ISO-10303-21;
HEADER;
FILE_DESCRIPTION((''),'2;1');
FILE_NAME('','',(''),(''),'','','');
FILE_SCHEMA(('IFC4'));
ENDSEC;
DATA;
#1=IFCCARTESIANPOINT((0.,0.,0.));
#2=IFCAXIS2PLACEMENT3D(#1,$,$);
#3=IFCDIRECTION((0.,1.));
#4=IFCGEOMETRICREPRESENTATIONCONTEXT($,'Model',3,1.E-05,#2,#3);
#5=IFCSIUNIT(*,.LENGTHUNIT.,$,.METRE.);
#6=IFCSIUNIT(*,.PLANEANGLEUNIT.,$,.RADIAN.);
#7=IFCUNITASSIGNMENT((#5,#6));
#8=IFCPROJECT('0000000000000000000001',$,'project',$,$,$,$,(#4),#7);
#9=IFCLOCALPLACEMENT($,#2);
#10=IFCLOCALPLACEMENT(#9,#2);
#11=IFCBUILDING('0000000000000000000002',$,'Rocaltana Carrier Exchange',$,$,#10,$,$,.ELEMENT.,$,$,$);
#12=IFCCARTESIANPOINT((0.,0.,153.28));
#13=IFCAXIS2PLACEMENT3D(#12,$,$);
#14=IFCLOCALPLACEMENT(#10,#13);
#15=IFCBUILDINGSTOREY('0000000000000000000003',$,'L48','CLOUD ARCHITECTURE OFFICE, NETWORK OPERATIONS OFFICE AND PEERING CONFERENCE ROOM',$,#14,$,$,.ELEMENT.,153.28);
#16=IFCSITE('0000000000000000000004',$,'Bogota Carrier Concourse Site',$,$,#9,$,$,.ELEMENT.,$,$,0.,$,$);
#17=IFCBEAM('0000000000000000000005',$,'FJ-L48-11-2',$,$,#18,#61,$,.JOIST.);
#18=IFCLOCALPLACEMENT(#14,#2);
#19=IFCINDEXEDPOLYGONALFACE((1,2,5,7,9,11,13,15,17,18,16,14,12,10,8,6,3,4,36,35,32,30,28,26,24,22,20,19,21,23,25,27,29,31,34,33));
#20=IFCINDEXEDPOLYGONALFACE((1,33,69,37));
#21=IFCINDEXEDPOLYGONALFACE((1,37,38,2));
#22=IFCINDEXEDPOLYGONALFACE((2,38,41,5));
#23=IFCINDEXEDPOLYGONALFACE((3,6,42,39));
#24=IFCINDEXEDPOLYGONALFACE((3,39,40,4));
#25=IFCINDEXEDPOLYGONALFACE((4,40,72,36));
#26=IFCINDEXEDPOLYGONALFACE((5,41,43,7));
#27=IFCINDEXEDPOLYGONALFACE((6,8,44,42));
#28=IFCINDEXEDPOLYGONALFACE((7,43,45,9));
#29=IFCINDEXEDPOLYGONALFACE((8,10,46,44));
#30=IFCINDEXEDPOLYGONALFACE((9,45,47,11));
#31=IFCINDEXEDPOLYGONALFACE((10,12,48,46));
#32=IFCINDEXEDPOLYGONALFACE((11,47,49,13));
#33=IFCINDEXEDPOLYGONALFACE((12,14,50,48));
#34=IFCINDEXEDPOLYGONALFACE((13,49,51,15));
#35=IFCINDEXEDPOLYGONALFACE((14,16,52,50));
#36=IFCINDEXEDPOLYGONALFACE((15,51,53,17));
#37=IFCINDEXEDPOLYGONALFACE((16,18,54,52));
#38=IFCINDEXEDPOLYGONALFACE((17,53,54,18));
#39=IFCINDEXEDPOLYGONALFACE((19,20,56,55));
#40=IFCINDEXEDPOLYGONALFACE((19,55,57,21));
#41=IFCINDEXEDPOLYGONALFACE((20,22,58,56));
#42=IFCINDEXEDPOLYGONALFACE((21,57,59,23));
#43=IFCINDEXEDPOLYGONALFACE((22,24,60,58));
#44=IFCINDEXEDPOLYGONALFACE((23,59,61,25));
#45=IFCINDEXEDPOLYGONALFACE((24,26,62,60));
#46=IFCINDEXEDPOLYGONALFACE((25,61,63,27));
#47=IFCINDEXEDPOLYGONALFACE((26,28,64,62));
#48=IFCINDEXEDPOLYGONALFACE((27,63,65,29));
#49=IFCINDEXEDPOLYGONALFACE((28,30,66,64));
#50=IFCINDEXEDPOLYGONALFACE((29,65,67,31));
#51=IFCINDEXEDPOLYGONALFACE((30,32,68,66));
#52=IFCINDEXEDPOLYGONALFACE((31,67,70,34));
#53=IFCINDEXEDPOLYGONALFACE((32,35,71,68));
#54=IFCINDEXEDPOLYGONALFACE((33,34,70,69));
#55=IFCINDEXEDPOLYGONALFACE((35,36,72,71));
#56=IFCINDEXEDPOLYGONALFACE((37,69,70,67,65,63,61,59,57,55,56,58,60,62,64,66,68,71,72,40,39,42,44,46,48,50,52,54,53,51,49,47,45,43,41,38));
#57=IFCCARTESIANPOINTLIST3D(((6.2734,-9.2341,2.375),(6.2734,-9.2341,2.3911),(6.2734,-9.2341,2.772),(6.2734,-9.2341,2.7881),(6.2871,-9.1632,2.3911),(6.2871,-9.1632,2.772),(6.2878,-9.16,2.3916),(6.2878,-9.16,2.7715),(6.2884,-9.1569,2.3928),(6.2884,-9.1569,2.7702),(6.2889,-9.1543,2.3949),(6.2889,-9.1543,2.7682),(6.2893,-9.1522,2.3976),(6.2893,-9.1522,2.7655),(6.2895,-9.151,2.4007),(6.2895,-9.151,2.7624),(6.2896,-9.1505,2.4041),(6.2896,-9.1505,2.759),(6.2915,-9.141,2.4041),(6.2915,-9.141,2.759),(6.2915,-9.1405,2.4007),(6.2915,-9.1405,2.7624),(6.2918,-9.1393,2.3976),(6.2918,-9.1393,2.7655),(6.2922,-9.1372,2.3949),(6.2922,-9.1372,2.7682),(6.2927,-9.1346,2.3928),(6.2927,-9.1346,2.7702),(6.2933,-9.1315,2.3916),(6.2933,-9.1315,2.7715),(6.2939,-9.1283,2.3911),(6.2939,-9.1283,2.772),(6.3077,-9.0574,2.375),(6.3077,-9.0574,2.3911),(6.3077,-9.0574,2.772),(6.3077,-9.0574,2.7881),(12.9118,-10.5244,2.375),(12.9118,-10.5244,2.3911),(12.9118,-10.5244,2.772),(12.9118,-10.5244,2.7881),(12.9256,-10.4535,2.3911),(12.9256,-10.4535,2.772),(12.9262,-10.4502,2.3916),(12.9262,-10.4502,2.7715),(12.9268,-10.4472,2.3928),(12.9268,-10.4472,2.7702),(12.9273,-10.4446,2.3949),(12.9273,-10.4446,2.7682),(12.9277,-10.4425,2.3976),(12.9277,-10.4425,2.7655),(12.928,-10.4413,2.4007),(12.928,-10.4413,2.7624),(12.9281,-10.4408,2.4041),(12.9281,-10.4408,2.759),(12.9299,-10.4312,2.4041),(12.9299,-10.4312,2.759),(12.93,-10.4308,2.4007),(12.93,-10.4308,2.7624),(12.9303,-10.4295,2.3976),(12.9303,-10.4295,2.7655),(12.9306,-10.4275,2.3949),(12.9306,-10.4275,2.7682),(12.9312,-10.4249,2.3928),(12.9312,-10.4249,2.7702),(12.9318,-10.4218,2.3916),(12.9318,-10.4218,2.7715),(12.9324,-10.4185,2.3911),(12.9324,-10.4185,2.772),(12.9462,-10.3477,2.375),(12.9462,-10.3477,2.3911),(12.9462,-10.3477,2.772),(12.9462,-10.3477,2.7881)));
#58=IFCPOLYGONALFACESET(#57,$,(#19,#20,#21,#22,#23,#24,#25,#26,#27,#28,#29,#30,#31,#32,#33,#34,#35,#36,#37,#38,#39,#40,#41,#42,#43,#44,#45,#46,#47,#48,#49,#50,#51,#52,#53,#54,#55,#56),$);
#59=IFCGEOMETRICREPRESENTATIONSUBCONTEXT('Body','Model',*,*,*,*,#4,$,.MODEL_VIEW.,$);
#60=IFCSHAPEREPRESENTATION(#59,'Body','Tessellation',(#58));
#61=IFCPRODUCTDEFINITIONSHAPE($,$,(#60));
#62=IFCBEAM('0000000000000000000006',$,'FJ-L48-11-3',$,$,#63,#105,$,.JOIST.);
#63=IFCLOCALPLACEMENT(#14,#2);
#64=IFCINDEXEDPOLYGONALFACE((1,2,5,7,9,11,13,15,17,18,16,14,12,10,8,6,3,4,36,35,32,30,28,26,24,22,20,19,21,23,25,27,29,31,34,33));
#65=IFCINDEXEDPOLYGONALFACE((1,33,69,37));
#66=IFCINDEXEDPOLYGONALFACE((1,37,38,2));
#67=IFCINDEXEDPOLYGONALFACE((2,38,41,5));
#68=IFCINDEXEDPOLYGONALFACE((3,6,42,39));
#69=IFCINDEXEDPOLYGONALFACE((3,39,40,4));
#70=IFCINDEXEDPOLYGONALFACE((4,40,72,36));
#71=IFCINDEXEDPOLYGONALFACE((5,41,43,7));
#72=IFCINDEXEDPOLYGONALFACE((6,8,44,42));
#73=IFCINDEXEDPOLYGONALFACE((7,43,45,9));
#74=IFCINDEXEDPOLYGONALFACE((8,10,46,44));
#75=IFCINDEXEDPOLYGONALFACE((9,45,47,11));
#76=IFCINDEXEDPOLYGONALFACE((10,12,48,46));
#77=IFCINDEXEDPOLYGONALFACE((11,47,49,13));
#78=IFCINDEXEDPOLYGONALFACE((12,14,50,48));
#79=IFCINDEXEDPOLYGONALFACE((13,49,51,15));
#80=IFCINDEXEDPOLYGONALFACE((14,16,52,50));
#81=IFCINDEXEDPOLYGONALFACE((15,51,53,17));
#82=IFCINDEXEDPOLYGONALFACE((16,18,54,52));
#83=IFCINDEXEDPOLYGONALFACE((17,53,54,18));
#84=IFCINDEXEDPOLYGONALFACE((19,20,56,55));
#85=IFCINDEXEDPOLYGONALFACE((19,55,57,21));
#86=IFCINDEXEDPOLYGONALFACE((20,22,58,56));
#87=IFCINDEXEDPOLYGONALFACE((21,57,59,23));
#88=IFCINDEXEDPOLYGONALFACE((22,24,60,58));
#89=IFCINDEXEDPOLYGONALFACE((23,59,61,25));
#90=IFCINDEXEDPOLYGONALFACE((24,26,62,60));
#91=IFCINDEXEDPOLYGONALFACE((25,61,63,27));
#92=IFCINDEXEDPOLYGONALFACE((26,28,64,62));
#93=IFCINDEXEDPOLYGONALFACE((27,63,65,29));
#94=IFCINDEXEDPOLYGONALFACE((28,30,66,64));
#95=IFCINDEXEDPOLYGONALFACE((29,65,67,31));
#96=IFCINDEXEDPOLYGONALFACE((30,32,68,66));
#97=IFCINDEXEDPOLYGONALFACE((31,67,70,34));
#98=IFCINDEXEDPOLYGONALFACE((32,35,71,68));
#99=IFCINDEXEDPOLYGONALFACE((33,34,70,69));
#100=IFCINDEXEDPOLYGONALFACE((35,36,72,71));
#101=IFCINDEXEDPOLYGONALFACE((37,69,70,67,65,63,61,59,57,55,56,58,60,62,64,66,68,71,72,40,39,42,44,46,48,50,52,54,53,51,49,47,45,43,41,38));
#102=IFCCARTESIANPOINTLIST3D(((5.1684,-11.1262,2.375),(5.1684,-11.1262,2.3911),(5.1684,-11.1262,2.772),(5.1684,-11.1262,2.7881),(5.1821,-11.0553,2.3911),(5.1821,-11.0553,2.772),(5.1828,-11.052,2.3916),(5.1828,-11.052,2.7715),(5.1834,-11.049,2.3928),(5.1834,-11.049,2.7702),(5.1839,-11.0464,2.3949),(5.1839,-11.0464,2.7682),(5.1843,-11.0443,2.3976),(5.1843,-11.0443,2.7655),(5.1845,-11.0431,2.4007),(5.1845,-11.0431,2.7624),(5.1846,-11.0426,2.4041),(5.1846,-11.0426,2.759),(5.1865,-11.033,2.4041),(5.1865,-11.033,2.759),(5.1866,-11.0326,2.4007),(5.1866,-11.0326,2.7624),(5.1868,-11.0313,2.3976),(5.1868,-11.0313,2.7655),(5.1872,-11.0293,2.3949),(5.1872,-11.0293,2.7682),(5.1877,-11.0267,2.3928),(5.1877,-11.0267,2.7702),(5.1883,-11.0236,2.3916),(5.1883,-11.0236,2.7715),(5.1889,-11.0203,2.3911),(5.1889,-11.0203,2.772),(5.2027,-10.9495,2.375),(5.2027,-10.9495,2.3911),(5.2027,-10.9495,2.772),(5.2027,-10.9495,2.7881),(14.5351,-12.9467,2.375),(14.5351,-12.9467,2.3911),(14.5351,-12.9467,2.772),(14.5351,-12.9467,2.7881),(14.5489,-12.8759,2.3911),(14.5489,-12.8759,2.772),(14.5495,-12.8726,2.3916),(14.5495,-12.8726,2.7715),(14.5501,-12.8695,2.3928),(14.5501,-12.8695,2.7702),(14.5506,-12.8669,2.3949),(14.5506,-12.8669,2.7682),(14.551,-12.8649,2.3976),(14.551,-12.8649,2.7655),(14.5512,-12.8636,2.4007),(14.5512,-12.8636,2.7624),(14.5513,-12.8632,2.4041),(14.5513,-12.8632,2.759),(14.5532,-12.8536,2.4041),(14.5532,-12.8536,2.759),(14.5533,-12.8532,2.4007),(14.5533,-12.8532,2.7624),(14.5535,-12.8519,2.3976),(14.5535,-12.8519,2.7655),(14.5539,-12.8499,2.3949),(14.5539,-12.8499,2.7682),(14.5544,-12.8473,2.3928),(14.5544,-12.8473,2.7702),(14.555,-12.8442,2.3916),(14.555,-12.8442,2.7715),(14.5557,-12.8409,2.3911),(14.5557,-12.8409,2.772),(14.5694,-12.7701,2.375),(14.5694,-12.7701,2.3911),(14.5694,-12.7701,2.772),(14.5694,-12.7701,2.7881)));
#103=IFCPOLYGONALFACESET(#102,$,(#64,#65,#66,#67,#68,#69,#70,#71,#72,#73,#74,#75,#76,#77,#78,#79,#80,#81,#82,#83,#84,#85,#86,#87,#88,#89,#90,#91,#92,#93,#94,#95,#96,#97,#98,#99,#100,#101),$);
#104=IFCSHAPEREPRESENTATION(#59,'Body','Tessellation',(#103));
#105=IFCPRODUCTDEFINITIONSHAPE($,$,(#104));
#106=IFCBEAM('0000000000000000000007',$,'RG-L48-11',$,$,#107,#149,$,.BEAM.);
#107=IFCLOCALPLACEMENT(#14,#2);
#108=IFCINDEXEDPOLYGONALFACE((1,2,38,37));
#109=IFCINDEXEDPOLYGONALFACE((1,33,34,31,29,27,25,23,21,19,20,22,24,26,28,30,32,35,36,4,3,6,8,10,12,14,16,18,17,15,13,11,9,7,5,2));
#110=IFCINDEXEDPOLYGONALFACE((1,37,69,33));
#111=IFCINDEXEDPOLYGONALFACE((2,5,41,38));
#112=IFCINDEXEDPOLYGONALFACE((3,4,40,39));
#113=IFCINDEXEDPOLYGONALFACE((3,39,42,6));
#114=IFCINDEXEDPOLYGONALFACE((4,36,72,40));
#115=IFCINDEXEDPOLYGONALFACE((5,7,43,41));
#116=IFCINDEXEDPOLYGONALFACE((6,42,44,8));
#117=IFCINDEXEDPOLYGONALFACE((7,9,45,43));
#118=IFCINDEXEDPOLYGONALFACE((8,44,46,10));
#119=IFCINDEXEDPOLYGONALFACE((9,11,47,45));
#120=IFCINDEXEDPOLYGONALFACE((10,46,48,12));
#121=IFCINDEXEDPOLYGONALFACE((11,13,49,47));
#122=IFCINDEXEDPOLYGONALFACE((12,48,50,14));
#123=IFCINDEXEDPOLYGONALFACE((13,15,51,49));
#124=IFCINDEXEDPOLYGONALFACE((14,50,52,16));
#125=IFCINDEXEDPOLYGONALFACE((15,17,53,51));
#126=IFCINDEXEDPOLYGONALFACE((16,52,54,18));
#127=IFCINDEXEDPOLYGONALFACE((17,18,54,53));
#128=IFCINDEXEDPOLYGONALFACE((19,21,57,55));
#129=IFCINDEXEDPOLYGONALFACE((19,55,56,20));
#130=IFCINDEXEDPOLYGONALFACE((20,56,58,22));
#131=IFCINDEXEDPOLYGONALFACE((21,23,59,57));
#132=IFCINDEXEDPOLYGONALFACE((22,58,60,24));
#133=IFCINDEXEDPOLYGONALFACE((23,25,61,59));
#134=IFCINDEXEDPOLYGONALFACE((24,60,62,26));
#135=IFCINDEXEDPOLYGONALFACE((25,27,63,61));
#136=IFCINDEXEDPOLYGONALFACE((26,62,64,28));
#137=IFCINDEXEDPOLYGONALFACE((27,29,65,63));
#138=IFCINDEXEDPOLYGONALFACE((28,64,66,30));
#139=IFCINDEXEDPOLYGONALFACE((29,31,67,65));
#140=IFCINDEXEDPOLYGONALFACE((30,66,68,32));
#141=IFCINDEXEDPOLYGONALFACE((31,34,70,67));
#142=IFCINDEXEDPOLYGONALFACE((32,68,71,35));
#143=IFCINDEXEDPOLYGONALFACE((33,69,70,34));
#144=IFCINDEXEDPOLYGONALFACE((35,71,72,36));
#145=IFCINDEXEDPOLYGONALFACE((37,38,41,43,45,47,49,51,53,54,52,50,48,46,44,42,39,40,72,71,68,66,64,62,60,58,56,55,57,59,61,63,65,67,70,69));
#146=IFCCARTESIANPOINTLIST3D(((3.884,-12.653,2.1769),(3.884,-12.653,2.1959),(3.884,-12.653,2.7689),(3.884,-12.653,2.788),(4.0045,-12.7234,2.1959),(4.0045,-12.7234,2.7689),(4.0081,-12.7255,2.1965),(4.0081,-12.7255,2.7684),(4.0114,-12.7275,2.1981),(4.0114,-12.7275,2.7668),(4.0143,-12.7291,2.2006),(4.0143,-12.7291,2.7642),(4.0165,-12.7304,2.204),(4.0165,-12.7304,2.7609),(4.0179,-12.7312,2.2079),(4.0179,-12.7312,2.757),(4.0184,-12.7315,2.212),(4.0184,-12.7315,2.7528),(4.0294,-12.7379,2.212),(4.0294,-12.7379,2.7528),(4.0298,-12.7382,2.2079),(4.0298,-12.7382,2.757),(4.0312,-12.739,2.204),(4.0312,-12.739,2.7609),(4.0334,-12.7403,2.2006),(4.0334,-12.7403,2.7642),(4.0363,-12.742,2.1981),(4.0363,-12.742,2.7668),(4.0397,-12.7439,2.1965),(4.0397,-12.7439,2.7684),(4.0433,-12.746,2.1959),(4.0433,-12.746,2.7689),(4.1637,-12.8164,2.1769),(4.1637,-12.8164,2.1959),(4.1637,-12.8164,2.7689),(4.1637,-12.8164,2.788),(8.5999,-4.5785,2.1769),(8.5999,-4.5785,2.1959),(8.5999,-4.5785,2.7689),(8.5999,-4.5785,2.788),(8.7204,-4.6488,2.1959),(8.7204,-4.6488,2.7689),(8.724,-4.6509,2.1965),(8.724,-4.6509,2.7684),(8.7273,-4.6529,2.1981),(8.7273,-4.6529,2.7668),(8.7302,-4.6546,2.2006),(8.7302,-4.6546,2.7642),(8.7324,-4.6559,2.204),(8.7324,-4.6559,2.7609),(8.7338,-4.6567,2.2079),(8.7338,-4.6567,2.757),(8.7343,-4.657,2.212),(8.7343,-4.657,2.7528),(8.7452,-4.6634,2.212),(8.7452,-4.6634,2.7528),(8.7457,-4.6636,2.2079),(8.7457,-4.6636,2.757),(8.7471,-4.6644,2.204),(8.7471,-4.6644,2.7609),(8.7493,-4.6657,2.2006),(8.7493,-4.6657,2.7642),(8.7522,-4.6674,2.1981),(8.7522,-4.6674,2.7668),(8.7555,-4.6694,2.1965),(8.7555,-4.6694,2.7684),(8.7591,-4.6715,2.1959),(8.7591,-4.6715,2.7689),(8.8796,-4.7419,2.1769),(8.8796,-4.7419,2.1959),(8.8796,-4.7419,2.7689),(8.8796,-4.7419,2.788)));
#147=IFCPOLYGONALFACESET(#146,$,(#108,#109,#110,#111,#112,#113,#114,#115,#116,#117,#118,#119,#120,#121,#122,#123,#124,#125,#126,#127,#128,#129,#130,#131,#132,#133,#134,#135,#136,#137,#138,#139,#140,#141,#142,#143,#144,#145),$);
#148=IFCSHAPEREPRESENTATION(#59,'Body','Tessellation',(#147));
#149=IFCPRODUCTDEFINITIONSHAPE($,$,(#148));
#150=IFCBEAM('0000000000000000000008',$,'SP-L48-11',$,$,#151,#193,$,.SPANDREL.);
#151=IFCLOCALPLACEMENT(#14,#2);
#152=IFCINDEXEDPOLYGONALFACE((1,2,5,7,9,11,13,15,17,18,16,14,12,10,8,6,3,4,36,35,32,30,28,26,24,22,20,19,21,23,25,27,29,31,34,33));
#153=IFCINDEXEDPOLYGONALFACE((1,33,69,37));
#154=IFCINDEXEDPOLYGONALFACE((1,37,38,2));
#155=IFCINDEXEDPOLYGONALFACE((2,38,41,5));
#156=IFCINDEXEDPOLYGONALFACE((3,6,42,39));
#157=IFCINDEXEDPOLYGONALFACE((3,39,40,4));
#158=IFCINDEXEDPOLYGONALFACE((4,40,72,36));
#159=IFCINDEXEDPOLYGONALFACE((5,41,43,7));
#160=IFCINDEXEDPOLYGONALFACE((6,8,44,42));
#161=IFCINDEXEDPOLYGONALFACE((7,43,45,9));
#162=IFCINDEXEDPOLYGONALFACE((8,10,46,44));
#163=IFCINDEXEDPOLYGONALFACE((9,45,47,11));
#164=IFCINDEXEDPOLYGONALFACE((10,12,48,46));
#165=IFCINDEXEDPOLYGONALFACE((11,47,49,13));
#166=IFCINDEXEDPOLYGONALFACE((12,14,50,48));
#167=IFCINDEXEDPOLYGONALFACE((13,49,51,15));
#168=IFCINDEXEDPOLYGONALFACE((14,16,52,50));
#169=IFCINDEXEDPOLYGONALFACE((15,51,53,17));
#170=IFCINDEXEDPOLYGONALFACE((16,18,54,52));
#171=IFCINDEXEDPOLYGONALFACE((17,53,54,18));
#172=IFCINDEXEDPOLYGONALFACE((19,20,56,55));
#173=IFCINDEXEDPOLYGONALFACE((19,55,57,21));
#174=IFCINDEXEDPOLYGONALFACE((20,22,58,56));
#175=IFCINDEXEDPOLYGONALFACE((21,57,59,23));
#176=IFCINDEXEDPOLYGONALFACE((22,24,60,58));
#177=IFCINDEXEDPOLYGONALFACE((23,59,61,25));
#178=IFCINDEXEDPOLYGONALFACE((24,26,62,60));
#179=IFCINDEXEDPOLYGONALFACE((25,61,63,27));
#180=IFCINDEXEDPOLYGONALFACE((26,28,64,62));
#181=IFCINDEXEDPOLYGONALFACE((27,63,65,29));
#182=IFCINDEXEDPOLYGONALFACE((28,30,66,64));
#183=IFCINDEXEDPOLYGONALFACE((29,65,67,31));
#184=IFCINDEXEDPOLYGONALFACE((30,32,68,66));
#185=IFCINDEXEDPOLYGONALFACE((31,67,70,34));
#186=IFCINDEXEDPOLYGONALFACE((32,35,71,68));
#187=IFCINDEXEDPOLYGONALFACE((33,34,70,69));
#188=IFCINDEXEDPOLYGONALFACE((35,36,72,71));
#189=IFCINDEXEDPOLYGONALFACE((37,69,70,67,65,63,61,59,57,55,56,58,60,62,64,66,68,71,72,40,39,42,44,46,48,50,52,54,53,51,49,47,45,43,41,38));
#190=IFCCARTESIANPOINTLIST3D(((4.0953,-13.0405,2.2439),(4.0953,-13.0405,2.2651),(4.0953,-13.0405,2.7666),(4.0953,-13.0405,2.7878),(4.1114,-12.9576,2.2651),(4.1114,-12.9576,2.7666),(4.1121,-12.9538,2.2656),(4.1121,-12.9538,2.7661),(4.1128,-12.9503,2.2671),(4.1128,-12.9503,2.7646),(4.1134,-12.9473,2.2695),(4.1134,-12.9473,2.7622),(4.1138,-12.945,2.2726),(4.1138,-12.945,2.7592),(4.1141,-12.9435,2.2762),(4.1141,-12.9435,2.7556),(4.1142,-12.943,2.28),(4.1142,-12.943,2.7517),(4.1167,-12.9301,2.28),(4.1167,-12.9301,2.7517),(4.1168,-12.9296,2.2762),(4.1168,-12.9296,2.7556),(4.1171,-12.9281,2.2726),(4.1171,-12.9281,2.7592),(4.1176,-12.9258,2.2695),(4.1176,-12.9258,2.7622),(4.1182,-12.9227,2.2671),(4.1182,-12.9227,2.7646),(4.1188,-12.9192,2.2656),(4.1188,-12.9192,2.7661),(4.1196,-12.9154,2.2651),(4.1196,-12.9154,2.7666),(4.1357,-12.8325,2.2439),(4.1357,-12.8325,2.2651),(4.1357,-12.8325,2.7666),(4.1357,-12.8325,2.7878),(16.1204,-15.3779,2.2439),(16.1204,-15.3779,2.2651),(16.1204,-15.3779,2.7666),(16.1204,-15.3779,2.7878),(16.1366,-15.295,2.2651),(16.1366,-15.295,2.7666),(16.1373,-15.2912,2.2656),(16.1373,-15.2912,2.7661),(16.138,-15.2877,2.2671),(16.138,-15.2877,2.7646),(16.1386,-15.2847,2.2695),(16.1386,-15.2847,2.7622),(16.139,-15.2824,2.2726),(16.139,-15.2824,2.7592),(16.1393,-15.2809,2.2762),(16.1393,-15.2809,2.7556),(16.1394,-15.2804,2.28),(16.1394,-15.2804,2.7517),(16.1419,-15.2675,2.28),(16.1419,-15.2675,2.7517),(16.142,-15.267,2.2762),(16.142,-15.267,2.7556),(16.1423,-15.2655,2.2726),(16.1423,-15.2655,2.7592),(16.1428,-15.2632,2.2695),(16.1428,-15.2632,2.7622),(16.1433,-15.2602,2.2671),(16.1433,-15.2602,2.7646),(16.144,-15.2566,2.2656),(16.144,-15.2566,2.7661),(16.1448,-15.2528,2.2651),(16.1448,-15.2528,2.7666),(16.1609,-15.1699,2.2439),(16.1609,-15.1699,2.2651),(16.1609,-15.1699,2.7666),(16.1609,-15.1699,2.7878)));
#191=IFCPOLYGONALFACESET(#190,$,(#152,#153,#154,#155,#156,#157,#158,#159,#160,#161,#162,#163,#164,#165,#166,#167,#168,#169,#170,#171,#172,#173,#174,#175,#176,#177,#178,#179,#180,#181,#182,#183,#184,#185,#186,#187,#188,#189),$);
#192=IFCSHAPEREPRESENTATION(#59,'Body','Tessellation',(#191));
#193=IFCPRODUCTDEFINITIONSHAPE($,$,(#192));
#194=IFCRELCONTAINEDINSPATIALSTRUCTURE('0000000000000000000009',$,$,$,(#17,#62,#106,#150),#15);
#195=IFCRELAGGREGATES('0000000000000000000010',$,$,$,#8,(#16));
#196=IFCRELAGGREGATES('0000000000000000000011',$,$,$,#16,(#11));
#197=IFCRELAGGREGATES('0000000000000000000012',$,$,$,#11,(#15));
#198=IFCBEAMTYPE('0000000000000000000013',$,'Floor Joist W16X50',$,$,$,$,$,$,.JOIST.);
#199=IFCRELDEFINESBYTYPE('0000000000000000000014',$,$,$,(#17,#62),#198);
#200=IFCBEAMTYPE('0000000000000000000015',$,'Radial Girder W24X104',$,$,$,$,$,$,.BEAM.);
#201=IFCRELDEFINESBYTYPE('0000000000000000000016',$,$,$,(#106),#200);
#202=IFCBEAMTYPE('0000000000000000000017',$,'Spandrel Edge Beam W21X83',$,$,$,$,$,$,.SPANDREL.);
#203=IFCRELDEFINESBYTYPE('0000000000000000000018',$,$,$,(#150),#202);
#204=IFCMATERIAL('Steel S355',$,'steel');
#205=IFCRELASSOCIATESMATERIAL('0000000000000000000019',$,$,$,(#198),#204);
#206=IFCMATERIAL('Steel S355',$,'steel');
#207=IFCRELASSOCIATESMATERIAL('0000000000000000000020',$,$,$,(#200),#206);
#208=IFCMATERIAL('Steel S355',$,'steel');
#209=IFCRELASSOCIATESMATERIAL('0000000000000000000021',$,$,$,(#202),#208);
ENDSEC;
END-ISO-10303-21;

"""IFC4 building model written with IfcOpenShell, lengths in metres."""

from ifc_helpers import new_model, si_unit, direction, frame, origin, origin_2d, place, context, subcontext, project, spatial, i_section, extrude, material, material_profile, profile_set, type_object, element, save


model = new_model("IFC4")

# Units and contexts
model_context = context("Model", 3, precision=1e-05, world=origin(), true_north=direction((0.0, 1.0)))
body_context = subcontext(model_context, "Body", "Model", "MODEL_VIEW")
ifc_project = project(units=[si_unit("LENGTHUNIT", "METRE"), si_unit("PLANEANGLEUNIT", "RADIAN")], contexts=[model_context])

# Site, building, storey
site_placement = place(None, origin())
site = spatial("IfcSite", under=ifc_project, at=site_placement, Name="Bogota Carrier Concourse Site", CompositionType="ELEMENT", RefElevation=0.0)
building_placement = place(site_placement, origin())
building = spatial("IfcBuilding", under=site, at=building_placement, Name="Rocaltana Carrier Exchange", CompositionType="ELEMENT")
storey_placement = place(building_placement, frame((0.0, 0.0, 153.28)))
storey = spatial("IfcBuildingStorey", under=building, at=storey_placement, Name="L48", Description="CLOUD ARCHITECTURE OFFICE, NETWORK OPERATIONS OFFICE AND PEERING CONFERENCE ROOM", CompositionType="ELEMENT", Elevation=153.28)

# Beams
ifc_material_1 = material(Name="Steel S355", Category="steel")
ifc_material_profile_1 = material_profile(ifc_material_1, i_section(OverallWidth=0.1799, OverallDepth=0.4131, WebThickness=0.0098, FlangeThickness=0.0161, FilletRadius=0.0129, at=origin_2d()), Name="W16X50")
ifc_profile_set_1 = profile_set([ifc_material_profile_1], Name="Steel S355")
beam_type_1 = type_object("IfcBeamType", Name="Floor Joist W16X50", PredefinedType="JOIST", material=ifc_profile_set_1)
beam_1_placement = place(storey_placement, frame((6.2905, -9.1458, 2.5815), z_axis=(0.98163, -0.190795, 0.0), x_axis=(0.190795, 0.98163, 0.0)))
element("IfcBeam", 1, at=beam_1_placement, inside=storey, type_object=beam_type_1, Name="FJ-L48-11-2", PredefinedType="JOIST", context=body_context, shape_type="SweptSolid", body=[
    extrude(i_section(OverallWidth=0.1799, OverallDepth=0.4131, WebThickness=0.0098, FlangeThickness=0.0161, FilletRadius=0.0129, at=origin_2d()), origin(), (0.0, 0.0, 1.0), 6.7627),
])
beam_2_placement = place(storey_placement, frame((5.1855, -11.0378, 2.5815), z_axis=(0.98163, -0.190794, 0.0), x_axis=(0.190794, 0.98163, 0.0)))
element("IfcBeam", 2, at=beam_2_placement, inside=storey, type_object=beam_type_1, Name="FJ-L48-11-3", PredefinedType="JOIST", context=body_context, shape_type="SweptSolid", body=[
    extrude(i_section(OverallWidth=0.1799, OverallDepth=0.4131, WebThickness=0.0098, FlangeThickness=0.0161, FilletRadius=0.0129, at=origin_2d()), origin(), (0.0, 0.0, 1.0), 9.542),
])
ifc_material_2 = material(Name="Steel S355", Category="steel")
ifc_material_profile_2 = material_profile(ifc_material_2, i_section(OverallWidth=0.324, OverallDepth=0.6111, WebThickness=0.0127, FlangeThickness=0.019, FilletRadius=0.0161, at=origin_2d()), Name="W24X104")
ifc_profile_set_2 = profile_set([ifc_material_profile_2], Name="Steel S355")
beam_type_2 = type_object("IfcBeamType", Name="Radial Girder W24X104", PredefinedType="BEAM", material=ifc_profile_set_2)
beam_3_placement = place(storey_placement, frame((8.7397, -4.6602, 2.4824), z_axis=(-0.504327, -0.863513, 0.0), x_axis=(0.863513, -0.504327, 0.0)))
element("IfcBeam", 3, at=beam_3_placement, inside=storey, type_object=beam_type_2, Name="RG-L48-11", PredefinedType="BEAM", context=body_context, shape_type="SweptSolid", body=[
    extrude(i_section(OverallWidth=0.324, OverallDepth=0.6111, WebThickness=0.0127, FlangeThickness=0.019, FilletRadius=0.0161, at=origin_2d()), origin(), (0.0, 0.0, 1.0), 9.3508),
])
ifc_material_3 = material(Name="Steel S355", Category="steel")
ifc_material_profile_3 = material_profile(ifc_material_3, i_section(OverallWidth=0.2119, OverallDepth=0.5439, WebThickness=0.0132, FlangeThickness=0.0212, FilletRadius=0.0149, at=origin_2d()), Name="W21X83")
ifc_profile_set_3 = profile_set([ifc_material_profile_3], Name="Steel S355")
beam_type_3 = type_object("IfcBeamType", Name="Spandrel Edge Beam W21X83", PredefinedType="SPANDREL", material=ifc_profile_set_3)
beam_4_placement = place(storey_placement, frame((4.1155, -12.9365, 2.5159), z_axis=(0.981628, -0.190805, 0.0), x_axis=(0.190805, 0.981628, 0.0)))
element("IfcBeam", 4, at=beam_4_placement, inside=storey, type_object=beam_type_3, Name="SP-L48-11", PredefinedType="SPANDREL", context=body_context, shape_type="SweptSolid", body=[
    extrude(i_section(OverallWidth=0.2119, OverallDepth=0.5439, WebThickness=0.0132, FlangeThickness=0.0212, FilletRadius=0.0149, at=origin_2d()), origin(), (0.0, 0.0, 1.0), 12.2502),
])

save(model, "model.ifc")
